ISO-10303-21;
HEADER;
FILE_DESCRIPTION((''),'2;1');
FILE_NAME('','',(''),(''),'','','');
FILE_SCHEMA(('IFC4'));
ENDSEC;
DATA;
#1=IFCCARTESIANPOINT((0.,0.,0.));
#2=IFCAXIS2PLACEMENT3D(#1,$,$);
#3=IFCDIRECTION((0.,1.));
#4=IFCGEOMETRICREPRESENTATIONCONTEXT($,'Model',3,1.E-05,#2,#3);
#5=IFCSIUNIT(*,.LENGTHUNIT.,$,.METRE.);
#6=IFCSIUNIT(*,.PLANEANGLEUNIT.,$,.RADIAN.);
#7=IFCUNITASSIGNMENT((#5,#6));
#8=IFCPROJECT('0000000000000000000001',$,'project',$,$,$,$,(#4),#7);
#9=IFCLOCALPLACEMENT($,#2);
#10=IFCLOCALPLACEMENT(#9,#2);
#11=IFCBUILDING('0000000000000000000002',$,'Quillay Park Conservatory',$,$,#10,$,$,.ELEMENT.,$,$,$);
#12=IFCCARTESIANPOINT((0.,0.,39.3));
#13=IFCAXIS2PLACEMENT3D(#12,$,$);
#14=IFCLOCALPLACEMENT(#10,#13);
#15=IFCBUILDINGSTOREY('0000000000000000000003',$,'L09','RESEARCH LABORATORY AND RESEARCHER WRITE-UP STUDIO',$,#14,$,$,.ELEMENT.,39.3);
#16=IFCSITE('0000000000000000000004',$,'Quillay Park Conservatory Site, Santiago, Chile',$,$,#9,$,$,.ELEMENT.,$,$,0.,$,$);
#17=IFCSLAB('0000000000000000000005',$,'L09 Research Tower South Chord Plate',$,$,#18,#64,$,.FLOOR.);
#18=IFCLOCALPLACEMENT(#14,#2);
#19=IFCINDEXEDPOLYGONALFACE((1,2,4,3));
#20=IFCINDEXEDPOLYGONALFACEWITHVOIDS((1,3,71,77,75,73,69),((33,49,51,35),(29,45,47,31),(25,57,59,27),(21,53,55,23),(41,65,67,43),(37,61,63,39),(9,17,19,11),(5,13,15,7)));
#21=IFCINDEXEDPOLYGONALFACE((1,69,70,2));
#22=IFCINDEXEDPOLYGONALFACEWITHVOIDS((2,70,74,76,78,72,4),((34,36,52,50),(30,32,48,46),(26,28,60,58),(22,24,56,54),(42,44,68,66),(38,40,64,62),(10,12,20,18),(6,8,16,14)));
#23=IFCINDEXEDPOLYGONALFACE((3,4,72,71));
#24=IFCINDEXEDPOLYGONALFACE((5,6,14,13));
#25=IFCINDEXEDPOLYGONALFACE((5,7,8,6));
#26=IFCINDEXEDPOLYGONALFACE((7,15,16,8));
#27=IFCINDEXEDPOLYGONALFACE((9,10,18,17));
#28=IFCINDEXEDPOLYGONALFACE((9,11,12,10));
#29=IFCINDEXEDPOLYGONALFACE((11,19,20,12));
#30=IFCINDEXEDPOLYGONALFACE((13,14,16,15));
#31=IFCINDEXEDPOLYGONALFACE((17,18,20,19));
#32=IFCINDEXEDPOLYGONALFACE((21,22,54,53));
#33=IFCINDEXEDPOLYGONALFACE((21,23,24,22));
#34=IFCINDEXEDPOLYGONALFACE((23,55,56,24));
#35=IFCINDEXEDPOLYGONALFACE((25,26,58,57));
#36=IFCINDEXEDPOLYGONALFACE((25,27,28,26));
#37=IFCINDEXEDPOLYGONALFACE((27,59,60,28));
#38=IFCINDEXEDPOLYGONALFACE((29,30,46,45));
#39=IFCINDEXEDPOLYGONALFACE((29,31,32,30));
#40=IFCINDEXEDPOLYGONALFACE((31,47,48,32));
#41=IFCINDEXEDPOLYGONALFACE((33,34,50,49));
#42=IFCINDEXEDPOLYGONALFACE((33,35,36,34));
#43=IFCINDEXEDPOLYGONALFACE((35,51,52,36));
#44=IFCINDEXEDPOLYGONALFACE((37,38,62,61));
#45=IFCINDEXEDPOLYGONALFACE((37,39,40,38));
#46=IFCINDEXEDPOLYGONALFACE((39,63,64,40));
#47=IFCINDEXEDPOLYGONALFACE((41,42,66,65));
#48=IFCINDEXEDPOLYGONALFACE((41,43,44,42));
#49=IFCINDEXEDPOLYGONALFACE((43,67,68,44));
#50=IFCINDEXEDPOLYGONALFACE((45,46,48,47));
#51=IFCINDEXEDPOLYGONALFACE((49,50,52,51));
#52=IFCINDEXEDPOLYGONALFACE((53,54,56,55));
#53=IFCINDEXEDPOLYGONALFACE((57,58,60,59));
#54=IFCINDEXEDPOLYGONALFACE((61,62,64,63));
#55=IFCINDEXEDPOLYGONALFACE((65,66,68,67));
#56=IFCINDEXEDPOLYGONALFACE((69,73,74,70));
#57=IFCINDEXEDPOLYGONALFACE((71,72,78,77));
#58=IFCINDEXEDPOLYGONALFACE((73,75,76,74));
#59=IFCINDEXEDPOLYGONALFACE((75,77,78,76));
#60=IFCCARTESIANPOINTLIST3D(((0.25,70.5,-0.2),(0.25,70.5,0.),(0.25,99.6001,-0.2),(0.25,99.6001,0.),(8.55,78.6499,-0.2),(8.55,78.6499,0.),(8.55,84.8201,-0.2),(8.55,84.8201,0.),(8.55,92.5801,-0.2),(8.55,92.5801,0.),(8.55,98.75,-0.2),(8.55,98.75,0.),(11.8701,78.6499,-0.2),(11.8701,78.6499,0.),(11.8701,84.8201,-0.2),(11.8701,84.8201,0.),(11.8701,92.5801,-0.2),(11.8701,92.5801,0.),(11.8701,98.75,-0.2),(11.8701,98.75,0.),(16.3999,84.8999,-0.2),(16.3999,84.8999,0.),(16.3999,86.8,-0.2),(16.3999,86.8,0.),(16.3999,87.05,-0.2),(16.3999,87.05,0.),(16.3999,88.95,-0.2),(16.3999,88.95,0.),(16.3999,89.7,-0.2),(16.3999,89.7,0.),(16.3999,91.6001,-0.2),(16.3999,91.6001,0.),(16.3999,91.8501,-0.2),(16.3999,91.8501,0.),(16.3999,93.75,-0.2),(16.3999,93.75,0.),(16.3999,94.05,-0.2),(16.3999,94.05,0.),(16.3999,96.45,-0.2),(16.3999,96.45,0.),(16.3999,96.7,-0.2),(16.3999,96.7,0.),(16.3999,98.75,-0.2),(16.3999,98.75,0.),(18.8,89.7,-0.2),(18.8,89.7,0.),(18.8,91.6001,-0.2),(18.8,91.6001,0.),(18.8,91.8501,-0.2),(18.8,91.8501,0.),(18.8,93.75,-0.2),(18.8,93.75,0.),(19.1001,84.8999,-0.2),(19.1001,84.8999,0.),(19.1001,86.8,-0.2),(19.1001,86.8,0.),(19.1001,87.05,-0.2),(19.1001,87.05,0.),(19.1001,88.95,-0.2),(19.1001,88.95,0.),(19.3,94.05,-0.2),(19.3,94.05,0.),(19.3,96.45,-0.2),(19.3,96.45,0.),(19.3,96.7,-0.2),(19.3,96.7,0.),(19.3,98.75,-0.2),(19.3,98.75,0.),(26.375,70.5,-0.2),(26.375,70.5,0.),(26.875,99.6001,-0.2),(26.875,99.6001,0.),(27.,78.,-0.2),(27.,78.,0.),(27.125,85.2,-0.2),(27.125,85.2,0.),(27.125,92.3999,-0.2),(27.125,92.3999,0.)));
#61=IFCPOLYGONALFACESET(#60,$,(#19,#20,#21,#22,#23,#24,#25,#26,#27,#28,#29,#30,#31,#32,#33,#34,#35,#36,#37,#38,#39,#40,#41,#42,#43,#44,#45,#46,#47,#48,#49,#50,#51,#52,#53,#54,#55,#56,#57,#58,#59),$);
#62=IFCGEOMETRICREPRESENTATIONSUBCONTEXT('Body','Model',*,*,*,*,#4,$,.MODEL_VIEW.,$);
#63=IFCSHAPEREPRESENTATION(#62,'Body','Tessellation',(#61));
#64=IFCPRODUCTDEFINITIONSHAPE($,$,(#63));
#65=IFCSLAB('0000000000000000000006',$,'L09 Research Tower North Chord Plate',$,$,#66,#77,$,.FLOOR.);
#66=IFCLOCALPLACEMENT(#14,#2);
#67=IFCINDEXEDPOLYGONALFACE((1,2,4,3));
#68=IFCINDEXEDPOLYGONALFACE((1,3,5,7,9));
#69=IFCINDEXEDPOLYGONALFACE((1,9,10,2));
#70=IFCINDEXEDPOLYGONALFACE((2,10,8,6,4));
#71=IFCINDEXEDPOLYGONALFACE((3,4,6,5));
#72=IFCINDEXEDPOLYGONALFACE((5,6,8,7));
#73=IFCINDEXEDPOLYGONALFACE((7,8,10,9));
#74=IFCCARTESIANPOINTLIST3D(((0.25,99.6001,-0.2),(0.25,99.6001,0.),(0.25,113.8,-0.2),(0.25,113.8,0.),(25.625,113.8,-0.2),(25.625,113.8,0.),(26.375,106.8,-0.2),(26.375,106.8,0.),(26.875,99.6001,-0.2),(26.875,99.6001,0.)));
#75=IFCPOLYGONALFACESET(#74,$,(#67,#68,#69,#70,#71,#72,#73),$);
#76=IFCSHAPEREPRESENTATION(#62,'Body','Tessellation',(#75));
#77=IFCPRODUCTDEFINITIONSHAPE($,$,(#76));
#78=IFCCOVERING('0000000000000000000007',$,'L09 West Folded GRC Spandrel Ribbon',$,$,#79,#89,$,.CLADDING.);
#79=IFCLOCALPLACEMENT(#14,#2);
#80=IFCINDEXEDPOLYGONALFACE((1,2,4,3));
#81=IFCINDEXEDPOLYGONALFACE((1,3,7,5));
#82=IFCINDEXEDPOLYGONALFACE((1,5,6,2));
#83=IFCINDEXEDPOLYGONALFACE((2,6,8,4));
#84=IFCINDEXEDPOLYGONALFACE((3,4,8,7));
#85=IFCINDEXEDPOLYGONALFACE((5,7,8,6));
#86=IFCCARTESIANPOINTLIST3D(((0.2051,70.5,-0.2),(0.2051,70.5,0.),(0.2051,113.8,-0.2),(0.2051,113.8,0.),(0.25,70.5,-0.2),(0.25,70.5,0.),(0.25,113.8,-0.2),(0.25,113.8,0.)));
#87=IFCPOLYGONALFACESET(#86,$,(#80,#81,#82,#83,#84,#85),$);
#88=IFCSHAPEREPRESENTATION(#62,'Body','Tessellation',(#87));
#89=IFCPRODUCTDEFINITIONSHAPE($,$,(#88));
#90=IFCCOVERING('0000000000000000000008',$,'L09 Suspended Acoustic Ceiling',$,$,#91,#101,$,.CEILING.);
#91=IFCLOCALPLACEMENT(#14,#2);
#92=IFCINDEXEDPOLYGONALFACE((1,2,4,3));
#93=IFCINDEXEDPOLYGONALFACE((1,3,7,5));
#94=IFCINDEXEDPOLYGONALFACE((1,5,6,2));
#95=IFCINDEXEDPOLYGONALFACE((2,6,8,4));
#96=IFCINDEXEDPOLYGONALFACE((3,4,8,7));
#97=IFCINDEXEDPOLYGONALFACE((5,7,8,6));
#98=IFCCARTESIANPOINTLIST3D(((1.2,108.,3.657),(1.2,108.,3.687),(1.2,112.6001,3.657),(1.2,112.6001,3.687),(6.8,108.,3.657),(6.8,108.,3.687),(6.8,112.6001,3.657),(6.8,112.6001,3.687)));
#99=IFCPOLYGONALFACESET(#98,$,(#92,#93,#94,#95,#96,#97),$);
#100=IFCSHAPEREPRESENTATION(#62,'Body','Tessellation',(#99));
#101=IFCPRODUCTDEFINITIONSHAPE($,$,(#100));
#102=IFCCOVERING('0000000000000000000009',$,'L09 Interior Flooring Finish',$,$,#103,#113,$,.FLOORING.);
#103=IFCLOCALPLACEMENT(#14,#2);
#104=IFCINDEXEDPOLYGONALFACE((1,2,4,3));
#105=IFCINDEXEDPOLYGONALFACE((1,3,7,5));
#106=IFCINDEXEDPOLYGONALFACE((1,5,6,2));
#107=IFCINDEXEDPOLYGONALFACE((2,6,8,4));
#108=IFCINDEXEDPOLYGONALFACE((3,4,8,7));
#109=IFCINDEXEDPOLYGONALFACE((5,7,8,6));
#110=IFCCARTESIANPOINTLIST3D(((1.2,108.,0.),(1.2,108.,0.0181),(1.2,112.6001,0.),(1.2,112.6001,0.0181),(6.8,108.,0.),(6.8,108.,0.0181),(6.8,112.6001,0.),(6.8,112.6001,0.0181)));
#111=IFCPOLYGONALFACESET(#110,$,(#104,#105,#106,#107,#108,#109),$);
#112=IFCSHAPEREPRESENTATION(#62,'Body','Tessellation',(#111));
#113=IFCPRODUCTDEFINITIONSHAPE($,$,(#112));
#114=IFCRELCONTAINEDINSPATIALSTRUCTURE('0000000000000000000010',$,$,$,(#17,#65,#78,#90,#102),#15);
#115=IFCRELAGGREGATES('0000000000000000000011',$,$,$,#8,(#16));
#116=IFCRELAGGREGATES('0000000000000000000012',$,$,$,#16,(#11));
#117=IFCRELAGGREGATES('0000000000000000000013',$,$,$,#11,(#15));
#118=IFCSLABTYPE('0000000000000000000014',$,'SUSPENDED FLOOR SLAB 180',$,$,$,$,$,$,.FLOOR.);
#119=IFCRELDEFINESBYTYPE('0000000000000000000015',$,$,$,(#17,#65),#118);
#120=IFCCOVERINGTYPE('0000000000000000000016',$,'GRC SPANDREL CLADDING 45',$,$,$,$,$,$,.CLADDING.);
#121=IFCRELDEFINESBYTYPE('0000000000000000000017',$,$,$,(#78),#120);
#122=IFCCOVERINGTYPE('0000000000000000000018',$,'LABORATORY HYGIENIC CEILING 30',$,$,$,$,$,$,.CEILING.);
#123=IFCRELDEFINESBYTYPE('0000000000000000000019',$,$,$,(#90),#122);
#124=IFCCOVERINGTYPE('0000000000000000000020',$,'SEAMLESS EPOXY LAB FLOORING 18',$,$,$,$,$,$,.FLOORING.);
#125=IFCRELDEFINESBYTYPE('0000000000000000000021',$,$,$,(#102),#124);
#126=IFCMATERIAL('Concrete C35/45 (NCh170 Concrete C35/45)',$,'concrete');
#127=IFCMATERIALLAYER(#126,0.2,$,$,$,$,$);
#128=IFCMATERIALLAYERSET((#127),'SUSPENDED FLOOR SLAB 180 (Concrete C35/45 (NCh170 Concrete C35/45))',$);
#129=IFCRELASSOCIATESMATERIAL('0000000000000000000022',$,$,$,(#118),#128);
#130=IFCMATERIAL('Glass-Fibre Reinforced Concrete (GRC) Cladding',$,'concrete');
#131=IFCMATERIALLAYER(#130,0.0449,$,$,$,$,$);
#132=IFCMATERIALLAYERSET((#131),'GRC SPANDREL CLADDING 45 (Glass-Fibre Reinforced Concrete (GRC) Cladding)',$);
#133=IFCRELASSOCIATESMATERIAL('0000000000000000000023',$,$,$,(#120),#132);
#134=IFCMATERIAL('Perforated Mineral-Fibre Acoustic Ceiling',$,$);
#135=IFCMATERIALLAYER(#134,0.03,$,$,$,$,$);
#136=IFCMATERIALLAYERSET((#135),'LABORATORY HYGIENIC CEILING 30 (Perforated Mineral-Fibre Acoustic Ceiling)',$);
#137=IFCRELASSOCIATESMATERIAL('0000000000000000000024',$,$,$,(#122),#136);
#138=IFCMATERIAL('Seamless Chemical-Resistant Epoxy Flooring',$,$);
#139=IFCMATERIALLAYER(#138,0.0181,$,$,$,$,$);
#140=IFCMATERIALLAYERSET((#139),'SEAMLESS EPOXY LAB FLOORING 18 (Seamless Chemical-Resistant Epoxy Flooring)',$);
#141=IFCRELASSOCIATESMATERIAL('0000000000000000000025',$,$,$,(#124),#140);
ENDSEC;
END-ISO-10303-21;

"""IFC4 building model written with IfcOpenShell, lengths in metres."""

from ifc_helpers import new_model, si_unit, direction, frame, origin, place, context, subcontext, project, spatial, polyline, outline, extrude, material, layer, layer_set, type_object, element, save


model = new_model("IFC4")

# Units and contexts
model_context = context("Model", 3, precision=1e-05, world=origin(), true_north=direction((0.0, 1.0)))
body_context = subcontext(model_context, "Body", "Model", "MODEL_VIEW")
ifc_project = project(units=[si_unit("LENGTHUNIT", "METRE"), si_unit("PLANEANGLEUNIT", "RADIAN")], contexts=[model_context])

# Site, building, storey
site_placement = place(None, origin())
site = spatial("IfcSite", under=ifc_project, at=site_placement, Name="Quillay Park Conservatory Site, Santiago, Chile", CompositionType="ELEMENT", RefElevation=0.0)
building_placement = place(site_placement, origin())
building = spatial("IfcBuilding", under=site, at=building_placement, Name="Quillay Park Conservatory", CompositionType="ELEMENT")
storey_placement = place(building_placement, frame((0.0, 0.0, 39.3)))
storey = spatial("IfcBuildingStorey", under=building, at=storey_placement, Name="L09", Description="RESEARCH LABORATORY AND RESEARCHER WRITE-UP STUDIO", CompositionType="ELEMENT", Elevation=39.3)

# Slabs
ifc_material_1 = material(Name="Concrete C35/45 (NCh170 Concrete C35/45)", Category="concrete")
ifc_layer_1 = layer(ifc_material_1, 0.2)
ifc_layer_set_1 = layer_set([ifc_layer_1], Name="SUSPENDED FLOOR SLAB 180 (Concrete C35/45 (NCh170 Concrete C35/45))")
slab_type_1 = type_object("IfcSlabType", Name="SUSPENDED FLOOR SLAB 180", PredefinedType="FLOOR", material=ifc_layer_set_1)
slab_1_placement = place(storey_placement, frame((0.0, 0.0, -0.2)))
element("IfcSlab", 1, at=slab_1_placement, inside=storey, type_object=slab_type_1, Name="L09 Research Tower South Chord Plate", PredefinedType="FLOOR", context=body_context, shape_type="SweptSolid", body=[
    extrude(outline(polyline([(0.25, 70.5), (26.375, 70.5), (27.0, 78.0), (27.125, 85.2), (27.125, 92.3999), (26.875, 99.6001), (0.25, 99.6001), (0.25, 70.5)]), holes=[polyline([(8.55, 92.5801), (11.8701, 92.5801), (11.8701, 98.75), (8.55, 98.75), (8.55, 92.5801)]), polyline([(8.55, 78.6499), (11.8701, 78.6499), (11.8701, 84.8201), (8.55, 84.8201), (8.55, 78.6499)]), polyline([(16.3999, 84.8999), (19.1001, 84.8999), (19.1001, 86.8), (16.3999, 86.8), (16.3999, 84.8999)]), polyline([(16.3999, 87.05), (19.1001, 87.05), (19.1001, 88.95), (16.3999, 88.95), (16.3999, 87.05)]), polyline([(16.3999, 89.7), (18.8, 89.7), (18.8, 91.6001), (16.3999, 91.6001), (16.3999, 89.7)]), polyline([(16.3999, 91.8501), (18.8, 91.8501), (18.8, 93.75), (16.3999, 93.75), (16.3999, 91.8501)]), polyline([(16.3999, 94.05), (19.3, 94.05), (19.3, 96.45), (16.3999, 96.45), (16.3999, 94.05)]), polyline([(16.3999, 96.7), (19.3, 96.7), (19.3, 98.75), (16.3999, 98.75), (16.3999, 96.7)])]), origin(), (0.0, 0.0, 1.0), 0.2),
])
slab_2_placement = place(storey_placement, frame((0.0, 0.0, -0.2)))
element("IfcSlab", 2, at=slab_2_placement, inside=storey, type_object=slab_type_1, Name="L09 Research Tower North Chord Plate", PredefinedType="FLOOR", context=body_context, shape_type="SweptSolid", body=[
    extrude(outline(polyline([(0.25, 99.6001), (26.875, 99.6001), (26.375, 106.8), (25.625, 113.8), (0.25, 113.8), (0.25, 99.6001)])), origin(), (0.0, 0.0, 1.0), 0.2),
])

# Coverings
ifc_material_2 = material(Name="Glass-Fibre Reinforced Concrete (GRC) Cladding", Category="concrete")
ifc_layer_2 = layer(ifc_material_2, 0.0449)
ifc_layer_set_2 = layer_set([ifc_layer_2], Name="GRC SPANDREL CLADDING 45 (Glass-Fibre Reinforced Concrete (GRC) Cladding)")
covering_type_1 = type_object("IfcCoveringType", Name="GRC SPANDREL CLADDING 45", PredefinedType="CLADDING", material=ifc_layer_set_2)
covering_1_placement = place(storey_placement, frame((0.0, 0.0, -0.2)))
element("IfcCovering", 3, at=covering_1_placement, inside=storey, type_object=covering_type_1, Name="L09 West Folded GRC Spandrel Ribbon", PredefinedType="CLADDING", context=body_context, shape_type="SweptSolid", body=[
    extrude(outline(polyline([(0.2051, 70.5), (0.25, 70.5), (0.25, 113.8), (0.2051, 113.8), (0.2051, 70.5)])), origin(), (0.0, 0.0, 1.0), 0.2),
])
ifc_material_3 = material(Name="Perforated Mineral-Fibre Acoustic Ceiling")
ifc_layer_3 = layer(ifc_material_3, 0.03)
ifc_layer_set_3 = layer_set([ifc_layer_3], Name="LABORATORY HYGIENIC CEILING 30 (Perforated Mineral-Fibre Acoustic Ceiling)")
covering_type_2 = type_object("IfcCoveringType", Name="LABORATORY HYGIENIC CEILING 30", PredefinedType="CEILING", material=ifc_layer_set_3)
covering_2_placement = place(storey_placement, frame((0.0, 0.0, 3.657)))
element("IfcCovering", 4, at=covering_2_placement, inside=storey, type_object=covering_type_2, Name="L09 Suspended Acoustic Ceiling", PredefinedType="CEILING", context=body_context, shape_type="SweptSolid", body=[
    extrude(outline(polyline([(1.2, 108.0), (6.8, 108.0), (6.8, 112.6001), (1.2, 112.6001), (1.2, 108.0)])), origin(), (0.0, 0.0, 1.0), 0.03),
])
ifc_material_4 = material(Name="Seamless Chemical-Resistant Epoxy Flooring")
ifc_layer_4 = layer(ifc_material_4, 0.0181)
ifc_layer_set_4 = layer_set([ifc_layer_4], Name="SEAMLESS EPOXY LAB FLOORING 18 (Seamless Chemical-Resistant Epoxy Flooring)")
covering_type_3 = type_object("IfcCoveringType", Name="SEAMLESS EPOXY LAB FLOORING 18", PredefinedType="FLOORING", material=ifc_layer_set_4)
covering_3_placement = place(storey_placement, origin())
element("IfcCovering", 5, at=covering_3_placement, inside=storey, type_object=covering_type_3, Name="L09 Interior Flooring Finish", PredefinedType="FLOORING", context=body_context, shape_type="SweptSolid", body=[
    extrude(outline(polyline([(1.2, 108.0), (6.8, 108.0), (6.8, 112.6001), (1.2, 112.6001), (1.2, 108.0)])), origin(), (0.0, 0.0, 1.0), 0.0181),
])

save(model, "model.ifc")
